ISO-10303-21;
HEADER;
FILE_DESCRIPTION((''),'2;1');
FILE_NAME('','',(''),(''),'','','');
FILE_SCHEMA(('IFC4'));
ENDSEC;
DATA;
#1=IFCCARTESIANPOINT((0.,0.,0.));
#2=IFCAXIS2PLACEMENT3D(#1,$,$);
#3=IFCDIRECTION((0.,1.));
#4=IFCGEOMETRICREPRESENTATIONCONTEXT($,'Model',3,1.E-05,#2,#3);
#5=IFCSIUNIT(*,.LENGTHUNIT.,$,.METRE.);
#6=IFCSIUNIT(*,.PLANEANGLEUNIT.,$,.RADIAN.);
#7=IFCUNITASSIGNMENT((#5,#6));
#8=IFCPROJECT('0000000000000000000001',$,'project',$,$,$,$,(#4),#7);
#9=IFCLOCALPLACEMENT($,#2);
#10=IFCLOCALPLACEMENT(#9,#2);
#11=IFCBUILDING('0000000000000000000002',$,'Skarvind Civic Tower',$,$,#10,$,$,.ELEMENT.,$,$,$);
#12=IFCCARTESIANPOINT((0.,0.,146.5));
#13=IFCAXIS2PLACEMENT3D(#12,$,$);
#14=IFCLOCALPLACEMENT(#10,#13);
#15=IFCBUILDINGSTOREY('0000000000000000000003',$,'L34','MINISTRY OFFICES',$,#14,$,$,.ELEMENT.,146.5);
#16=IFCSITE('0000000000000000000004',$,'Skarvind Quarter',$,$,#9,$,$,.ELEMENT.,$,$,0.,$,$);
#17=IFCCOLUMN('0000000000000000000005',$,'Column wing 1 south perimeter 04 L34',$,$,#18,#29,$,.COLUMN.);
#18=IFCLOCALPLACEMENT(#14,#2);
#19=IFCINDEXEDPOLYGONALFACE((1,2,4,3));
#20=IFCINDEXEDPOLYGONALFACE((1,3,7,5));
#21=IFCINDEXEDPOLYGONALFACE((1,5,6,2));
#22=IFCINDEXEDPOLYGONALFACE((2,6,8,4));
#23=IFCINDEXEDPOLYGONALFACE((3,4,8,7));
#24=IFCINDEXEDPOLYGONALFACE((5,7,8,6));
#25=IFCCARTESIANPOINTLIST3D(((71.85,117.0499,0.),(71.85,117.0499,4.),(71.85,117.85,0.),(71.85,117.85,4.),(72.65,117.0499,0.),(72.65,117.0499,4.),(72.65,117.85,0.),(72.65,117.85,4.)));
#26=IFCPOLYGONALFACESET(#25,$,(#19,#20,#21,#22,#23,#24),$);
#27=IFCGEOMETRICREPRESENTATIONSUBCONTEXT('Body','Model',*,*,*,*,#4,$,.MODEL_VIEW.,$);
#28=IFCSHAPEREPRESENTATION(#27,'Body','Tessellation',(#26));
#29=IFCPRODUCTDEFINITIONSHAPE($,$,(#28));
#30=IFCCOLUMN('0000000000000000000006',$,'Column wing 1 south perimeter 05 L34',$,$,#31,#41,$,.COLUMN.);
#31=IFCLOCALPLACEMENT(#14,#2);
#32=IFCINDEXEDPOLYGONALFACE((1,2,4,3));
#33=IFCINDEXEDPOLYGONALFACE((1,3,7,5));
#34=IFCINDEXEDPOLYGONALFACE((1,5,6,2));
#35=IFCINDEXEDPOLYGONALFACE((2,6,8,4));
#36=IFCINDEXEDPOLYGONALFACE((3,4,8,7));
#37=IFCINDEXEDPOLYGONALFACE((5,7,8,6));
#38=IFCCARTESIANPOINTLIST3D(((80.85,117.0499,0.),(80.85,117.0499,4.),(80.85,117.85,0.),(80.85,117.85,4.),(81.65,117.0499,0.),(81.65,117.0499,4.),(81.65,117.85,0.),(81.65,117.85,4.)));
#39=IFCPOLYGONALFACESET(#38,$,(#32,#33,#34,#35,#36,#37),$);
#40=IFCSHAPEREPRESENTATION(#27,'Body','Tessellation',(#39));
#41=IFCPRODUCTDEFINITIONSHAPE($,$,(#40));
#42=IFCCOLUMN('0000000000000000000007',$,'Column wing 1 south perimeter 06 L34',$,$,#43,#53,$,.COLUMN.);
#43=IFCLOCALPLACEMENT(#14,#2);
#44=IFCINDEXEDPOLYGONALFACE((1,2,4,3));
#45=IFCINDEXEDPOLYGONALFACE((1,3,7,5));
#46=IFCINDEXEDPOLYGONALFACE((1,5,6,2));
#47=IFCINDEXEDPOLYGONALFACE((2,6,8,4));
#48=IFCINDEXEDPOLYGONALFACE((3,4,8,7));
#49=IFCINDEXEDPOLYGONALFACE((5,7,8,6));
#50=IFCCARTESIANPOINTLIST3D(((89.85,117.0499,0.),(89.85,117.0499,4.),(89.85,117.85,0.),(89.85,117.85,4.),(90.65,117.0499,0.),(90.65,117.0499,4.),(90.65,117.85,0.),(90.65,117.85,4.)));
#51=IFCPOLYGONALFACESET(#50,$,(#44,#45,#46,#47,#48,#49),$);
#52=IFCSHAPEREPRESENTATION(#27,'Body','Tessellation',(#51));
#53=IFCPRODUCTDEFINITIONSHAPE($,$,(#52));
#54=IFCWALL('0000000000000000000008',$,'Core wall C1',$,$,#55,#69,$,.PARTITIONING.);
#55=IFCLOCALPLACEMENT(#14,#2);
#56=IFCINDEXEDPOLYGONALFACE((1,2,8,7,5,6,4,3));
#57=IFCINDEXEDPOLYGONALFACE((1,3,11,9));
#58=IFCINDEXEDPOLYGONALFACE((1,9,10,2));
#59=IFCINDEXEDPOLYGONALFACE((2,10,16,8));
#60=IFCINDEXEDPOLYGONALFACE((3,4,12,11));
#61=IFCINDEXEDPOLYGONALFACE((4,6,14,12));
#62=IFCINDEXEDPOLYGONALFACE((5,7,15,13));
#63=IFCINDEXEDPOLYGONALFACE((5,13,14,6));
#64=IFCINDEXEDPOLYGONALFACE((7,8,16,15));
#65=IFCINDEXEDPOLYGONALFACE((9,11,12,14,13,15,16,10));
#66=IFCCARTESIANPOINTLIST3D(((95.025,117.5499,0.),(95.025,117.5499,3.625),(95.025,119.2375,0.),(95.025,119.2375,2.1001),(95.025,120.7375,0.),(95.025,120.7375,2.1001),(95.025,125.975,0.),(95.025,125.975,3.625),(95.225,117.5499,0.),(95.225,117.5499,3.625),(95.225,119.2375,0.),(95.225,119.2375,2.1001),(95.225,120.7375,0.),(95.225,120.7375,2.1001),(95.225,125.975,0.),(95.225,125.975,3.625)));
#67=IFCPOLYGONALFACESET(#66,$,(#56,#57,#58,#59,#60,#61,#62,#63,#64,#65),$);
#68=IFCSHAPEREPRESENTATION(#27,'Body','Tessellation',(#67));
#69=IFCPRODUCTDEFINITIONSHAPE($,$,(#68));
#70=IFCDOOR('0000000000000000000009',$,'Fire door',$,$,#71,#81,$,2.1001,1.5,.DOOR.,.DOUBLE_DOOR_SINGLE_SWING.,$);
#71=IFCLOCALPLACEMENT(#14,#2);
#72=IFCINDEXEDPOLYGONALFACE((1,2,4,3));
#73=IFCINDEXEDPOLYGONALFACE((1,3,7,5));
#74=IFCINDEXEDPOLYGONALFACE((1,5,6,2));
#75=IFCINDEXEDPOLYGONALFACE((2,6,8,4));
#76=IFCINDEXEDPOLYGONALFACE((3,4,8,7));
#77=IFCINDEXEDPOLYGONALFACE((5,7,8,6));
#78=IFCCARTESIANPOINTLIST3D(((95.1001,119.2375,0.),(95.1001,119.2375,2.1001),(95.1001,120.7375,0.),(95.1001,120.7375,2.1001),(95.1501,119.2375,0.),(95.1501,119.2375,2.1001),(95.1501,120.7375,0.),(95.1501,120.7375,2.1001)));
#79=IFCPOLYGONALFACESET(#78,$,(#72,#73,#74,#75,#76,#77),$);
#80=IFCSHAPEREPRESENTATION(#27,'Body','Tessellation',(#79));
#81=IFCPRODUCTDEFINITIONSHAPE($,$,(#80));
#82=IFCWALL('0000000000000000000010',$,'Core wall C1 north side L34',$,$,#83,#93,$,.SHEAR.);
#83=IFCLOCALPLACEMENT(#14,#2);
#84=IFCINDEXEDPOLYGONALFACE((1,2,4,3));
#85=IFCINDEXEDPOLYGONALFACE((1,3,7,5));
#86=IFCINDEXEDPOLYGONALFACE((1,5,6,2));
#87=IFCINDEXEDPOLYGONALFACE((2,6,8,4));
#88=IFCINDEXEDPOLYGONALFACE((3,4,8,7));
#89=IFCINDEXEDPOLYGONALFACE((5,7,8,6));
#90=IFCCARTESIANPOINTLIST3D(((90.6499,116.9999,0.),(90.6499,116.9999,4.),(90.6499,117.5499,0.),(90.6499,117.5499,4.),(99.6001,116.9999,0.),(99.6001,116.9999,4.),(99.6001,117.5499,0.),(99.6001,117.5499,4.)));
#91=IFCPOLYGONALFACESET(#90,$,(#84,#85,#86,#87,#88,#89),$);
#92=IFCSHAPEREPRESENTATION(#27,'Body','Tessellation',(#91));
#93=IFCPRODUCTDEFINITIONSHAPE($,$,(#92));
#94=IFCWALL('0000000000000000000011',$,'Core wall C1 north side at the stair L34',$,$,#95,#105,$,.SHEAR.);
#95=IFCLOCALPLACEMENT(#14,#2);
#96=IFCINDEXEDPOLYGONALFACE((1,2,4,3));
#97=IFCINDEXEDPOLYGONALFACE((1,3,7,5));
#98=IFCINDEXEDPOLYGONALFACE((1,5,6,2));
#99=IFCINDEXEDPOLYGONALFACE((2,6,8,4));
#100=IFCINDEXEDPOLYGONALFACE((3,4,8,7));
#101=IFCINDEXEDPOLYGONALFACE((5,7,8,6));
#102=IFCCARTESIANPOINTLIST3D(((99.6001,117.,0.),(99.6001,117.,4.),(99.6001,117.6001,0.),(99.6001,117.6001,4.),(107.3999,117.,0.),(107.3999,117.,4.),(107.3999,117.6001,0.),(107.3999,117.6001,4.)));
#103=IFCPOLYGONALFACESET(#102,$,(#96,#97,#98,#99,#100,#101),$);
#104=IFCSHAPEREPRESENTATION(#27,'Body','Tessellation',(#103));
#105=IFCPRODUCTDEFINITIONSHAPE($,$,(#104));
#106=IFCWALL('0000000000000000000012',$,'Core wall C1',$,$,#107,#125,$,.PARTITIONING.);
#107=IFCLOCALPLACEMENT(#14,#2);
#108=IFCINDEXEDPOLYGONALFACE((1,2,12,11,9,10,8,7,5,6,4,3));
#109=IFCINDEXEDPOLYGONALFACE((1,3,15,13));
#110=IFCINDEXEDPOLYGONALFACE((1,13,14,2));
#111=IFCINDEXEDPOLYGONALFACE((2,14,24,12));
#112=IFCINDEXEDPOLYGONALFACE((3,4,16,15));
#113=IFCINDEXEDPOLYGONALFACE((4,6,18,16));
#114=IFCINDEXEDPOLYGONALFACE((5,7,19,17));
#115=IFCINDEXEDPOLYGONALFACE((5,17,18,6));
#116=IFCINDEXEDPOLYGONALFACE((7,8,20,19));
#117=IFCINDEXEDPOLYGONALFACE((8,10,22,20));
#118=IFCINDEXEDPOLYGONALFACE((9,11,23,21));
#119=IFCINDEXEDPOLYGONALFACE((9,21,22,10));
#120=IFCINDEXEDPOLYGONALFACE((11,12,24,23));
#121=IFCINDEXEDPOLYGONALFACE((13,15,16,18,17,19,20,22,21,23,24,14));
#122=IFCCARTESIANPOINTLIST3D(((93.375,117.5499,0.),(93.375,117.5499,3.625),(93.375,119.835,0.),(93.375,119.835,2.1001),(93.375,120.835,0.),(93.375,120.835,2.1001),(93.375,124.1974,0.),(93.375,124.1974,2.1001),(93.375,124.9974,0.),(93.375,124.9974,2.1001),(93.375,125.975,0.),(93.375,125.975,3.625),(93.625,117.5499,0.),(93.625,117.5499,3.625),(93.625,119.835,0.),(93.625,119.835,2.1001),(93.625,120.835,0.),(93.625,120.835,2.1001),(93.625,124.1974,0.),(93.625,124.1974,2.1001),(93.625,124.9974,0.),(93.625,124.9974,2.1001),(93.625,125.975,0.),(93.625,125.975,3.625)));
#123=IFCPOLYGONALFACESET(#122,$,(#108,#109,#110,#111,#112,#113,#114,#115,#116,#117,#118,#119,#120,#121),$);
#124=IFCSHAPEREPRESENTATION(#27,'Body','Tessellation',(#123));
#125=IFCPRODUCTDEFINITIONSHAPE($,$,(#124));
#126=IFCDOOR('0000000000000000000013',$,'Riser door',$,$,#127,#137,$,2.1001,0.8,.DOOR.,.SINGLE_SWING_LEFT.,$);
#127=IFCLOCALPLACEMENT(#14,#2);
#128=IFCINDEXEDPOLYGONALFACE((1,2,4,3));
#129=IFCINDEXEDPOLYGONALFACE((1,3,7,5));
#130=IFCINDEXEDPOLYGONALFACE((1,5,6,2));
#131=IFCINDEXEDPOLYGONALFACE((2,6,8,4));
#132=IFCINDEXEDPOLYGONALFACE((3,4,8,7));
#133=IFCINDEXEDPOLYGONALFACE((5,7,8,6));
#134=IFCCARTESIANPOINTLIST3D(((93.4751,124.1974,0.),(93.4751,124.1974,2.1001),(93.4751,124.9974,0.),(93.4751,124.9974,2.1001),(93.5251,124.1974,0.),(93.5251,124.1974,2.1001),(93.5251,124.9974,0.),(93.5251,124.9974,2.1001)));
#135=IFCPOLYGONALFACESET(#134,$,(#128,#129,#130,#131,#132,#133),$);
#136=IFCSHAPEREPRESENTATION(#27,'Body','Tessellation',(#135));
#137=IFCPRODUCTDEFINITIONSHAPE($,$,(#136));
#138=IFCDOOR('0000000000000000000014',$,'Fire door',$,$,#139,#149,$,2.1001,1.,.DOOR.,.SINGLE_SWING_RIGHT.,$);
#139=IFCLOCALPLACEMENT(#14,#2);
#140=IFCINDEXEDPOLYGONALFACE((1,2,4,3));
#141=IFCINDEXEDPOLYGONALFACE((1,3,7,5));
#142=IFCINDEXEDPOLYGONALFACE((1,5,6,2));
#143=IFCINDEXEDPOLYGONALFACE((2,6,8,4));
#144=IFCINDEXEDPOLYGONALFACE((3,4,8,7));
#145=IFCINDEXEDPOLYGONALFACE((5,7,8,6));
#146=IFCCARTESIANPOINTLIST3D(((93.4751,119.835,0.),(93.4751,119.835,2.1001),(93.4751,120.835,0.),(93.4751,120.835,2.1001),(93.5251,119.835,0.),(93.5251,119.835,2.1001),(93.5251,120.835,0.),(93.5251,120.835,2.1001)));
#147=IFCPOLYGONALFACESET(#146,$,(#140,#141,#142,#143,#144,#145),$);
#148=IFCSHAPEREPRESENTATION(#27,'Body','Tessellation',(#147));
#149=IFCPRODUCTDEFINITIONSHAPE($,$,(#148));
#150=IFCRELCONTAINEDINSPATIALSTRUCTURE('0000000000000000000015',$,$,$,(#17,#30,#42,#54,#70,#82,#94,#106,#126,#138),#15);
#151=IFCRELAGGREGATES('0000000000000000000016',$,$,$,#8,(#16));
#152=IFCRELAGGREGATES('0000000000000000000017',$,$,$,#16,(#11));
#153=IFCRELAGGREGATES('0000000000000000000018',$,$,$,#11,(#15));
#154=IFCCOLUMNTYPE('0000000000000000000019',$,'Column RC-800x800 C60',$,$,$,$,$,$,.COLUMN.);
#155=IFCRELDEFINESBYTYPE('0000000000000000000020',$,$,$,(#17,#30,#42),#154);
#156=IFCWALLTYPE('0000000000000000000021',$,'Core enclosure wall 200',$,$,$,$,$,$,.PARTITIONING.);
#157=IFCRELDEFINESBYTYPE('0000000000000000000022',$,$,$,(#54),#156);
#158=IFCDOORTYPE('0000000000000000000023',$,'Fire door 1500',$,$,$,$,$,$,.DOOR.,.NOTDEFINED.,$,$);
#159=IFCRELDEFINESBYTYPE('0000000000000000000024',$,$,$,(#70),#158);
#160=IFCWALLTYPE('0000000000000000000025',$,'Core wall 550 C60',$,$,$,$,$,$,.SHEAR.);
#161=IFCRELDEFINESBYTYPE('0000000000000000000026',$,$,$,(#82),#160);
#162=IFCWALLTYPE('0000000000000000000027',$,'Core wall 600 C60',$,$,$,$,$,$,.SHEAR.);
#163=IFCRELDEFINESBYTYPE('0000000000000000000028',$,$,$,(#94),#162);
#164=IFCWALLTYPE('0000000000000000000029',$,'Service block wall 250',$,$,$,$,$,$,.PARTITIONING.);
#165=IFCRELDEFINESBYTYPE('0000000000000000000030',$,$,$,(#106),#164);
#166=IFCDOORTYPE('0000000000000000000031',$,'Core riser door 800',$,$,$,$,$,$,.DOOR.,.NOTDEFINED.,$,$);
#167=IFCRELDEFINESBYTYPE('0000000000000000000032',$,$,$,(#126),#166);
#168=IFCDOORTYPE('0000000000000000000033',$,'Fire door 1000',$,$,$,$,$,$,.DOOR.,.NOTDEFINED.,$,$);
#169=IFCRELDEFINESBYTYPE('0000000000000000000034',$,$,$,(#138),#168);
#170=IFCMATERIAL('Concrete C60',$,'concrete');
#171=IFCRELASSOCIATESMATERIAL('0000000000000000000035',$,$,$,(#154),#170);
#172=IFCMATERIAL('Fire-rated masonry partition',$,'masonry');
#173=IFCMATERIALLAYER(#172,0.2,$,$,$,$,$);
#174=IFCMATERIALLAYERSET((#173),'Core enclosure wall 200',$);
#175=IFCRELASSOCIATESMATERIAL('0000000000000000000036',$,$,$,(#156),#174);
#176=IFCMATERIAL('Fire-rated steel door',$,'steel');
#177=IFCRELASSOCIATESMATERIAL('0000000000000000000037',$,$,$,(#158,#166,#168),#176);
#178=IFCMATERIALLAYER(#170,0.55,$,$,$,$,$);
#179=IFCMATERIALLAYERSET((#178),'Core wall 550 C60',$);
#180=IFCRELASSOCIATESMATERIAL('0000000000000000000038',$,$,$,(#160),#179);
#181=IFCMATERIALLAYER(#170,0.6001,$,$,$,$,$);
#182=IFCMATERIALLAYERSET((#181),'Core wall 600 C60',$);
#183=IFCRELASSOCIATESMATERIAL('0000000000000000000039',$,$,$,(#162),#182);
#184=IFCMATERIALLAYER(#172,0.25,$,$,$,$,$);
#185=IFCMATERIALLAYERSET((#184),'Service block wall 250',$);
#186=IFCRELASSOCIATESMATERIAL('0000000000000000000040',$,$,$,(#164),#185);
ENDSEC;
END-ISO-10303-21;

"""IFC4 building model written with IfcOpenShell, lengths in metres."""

from ifc_helpers import new_model, si_unit, direction, frame, frame_2d, origin, origin_2d, place, context, subcontext, project, spatial, rectangle, extrude, material, layer, layer_set, material_profile, profile_set, type_object, element, fill, save


model = new_model("IFC4")

# Units and contexts
model_context = context("Model", 3, precision=1e-05, world=origin(), true_north=direction((0.0, 1.0)))
body_context = subcontext(model_context, "Body", "Model", "MODEL_VIEW")
ifc_project = project(units=[si_unit("LENGTHUNIT", "METRE"), si_unit("PLANEANGLEUNIT", "RADIAN")], contexts=[model_context])

# Site, building, storey
site_placement = place(None, origin())
site = spatial("IfcSite", under=ifc_project, at=site_placement, Name="Skarvind Quarter", CompositionType="ELEMENT", RefElevation=0.0)
building_placement = place(site_placement, origin())
building = spatial("IfcBuilding", under=site, at=building_placement, Name="Skarvind Civic Tower", CompositionType="ELEMENT")
storey_placement = place(building_placement, frame((0.0, 0.0, 146.5)))
storey = spatial("IfcBuildingStorey", under=building, at=storey_placement, Name="L34", Description="MINISTRY OFFICES", CompositionType="ELEMENT", Elevation=146.5)

# Columns
ifc_material_1 = material(Name="Concrete C60", Category="concrete")
ifc_material_profile_1 = material_profile(ifc_material_1, rectangle(XDim=0.8, YDim=0.8, at=origin_2d()), Name="RC-800x800")
ifc_profile_set_1 = profile_set([ifc_material_profile_1], Name="Concrete C60")
column_type = type_object("IfcColumnType", Name="Column RC-800x800 C60", PredefinedType="COLUMN", material=ifc_profile_set_1)
for number, where, z_axis, x_axis, name in (
    (1, (72.25, 117.45, 0.0), (0.0, 0.0, 1.0), (1.0, 0.0, 0.0), "Column wing 1 south perimeter 04 L34"),
    (2, (81.25, 117.45, 0.0), (0.0, 0.0, 1.0), (1.0, 0.0, 0.0), "Column wing 1 south perimeter 05 L34"),
    (3, (90.25, 117.45, 0.0), (0.0, 0.0, 1.0), (1.0, 0.0, 0.0), "Column wing 1 south perimeter 06 L34"),
):
    element("IfcColumn", number, at=place(storey_placement, frame(where, z_axis=z_axis, x_axis=x_axis)), inside=storey, type_object=column_type, Name=name, PredefinedType="COLUMN", context=body_context, shape_type="SweptSolid", body=[
        extrude(rectangle(XDim=0.8, YDim=0.8, at=origin_2d()), origin(), (0.0, 0.0, 1.0), 4.0),
    ])

# Wall, opening, door
ifc_material_2 = material(Name="Fire-rated masonry partition", Category="masonry")
ifc_layer_1 = layer(ifc_material_2, 0.2)
ifc_layer_set_1 = layer_set([ifc_layer_1], Name="Core enclosure wall 200")
wall_type_1 = type_object("IfcWallType", Name="Core enclosure wall 200", PredefinedType="PARTITIONING", material=ifc_layer_set_1)
wall_1_placement = place(storey_placement, frame((95.125, 117.55, 0.0), z_axis=(0.0, 0.0, 1.0), x_axis=(0.0, 1.0, 0.0)))
wall_1 = element("IfcWall", 4, at=wall_1_placement, inside=storey, type_object=wall_type_1, Name="Core wall C1", PredefinedType="PARTITIONING", context=body_context, shape_type="SweptSolid", body=[
    extrude(rectangle(XDim=8.425, YDim=0.2, at=frame_2d((4.2124, 0.0))), origin(), (0.0, 0.0, 1.0), 3.625),
])
opening_1_placement = place(wall_1_placement, frame((1.6875, 0.0, 0.0)))
opening_1 = element("IfcOpeningElement", 5, at=opening_1_placement, cuts=wall_1, PredefinedType="OPENING", context=body_context, shape_type="SweptSolid", body=[
    extrude(rectangle(XDim=1.5, YDim=2.1001, at=frame_2d((0.75, 1.05))), frame((0.0, 0.1099, 0.0), z_axis=(0.0, -1.0, 0.0), x_axis=(1.0, 0.0, 0.0)), (0.0, 0.0, 1.0), 0.22),
])
ifc_material_3 = material(Name="Fire-rated steel door", Category="steel")
door_type_1 = type_object("IfcDoorType", Name="Fire door 1500", OperationType="NOTDEFINED", PredefinedType="DOOR", material=ifc_material_3)
door_1_placement = place(opening_1_placement, origin())
door_1 = element("IfcDoor", 6, at=door_1_placement, inside=storey, type_object=door_type_1, Name="Fire door", OperationType="DOUBLE_DOOR_SINGLE_SWING", OverallHeight=2.1001, OverallWidth=1.5, PredefinedType="DOOR", context=body_context, shape_type="SweptSolid", body=[
    extrude(rectangle(XDim=1.5, YDim=2.1001, at=frame_2d((0.75, 1.05))), frame((0.0, 0.0249, 0.0), z_axis=(0.0, -1.0, 0.0), x_axis=(1.0, 0.0, 0.0)), (0.0, 0.0, 1.0), 0.05),
])
fill(opening_1, door_1)

# Walls
ifc_layer_2 = layer(ifc_material_1, 0.55)
ifc_layer_set_2 = layer_set([ifc_layer_2], Name="Core wall 550 C60")
wall_type_2 = type_object("IfcWallType", Name="Core wall 550 C60", PredefinedType="SHEAR", material=ifc_layer_set_2)
wall_2_placement = place(storey_placement, frame((99.6001, 117.2749, 0.0), z_axis=(0.0, 0.0, 1.0), x_axis=(-1.0, 0.0, 0.0)))
element("IfcWall", 7, at=wall_2_placement, inside=storey, type_object=wall_type_2, Name="Core wall C1 north side L34", PredefinedType="SHEAR", context=body_context, shape_type="SweptSolid", body=[
    extrude(rectangle(XDim=8.9502, YDim=0.55, at=frame_2d((4.4751, 0.0))), origin(), (0.0, 0.0, 1.0), 4.0),
])
ifc_layer_3 = layer(ifc_material_1, 0.6001)
ifc_layer_set_3 = layer_set([ifc_layer_3], Name="Core wall 600 C60")
wall_type_3 = type_object("IfcWallType", Name="Core wall 600 C60", PredefinedType="SHEAR", material=ifc_layer_set_3)
wall_3_placement = place(storey_placement, frame((107.3999, 117.3, 0.0), z_axis=(0.0, 0.0, 1.0), x_axis=(-1.0, 0.0, 0.0)))
element("IfcWall", 8, at=wall_3_placement, inside=storey, type_object=wall_type_3, Name="Core wall C1 north side at the stair L34", PredefinedType="SHEAR", context=body_context, shape_type="SweptSolid", body=[
    extrude(rectangle(XDim=7.7998, YDim=0.6001, at=frame_2d((3.8999, 0.0))), origin(), (0.0, 0.0, 1.0), 4.0),
])

# Wall, openings, doors
ifc_layer_4 = layer(ifc_material_2, 0.25)
ifc_layer_set_4 = layer_set([ifc_layer_4], Name="Service block wall 250")
wall_type_4 = type_object("IfcWallType", Name="Service block wall 250", PredefinedType="PARTITIONING", material=ifc_layer_set_4)
wall_4_placement = place(storey_placement, frame((93.5, 117.55, 0.0), z_axis=(0.0, 0.0, 1.0), x_axis=(0.0, 1.0, 0.0)))
wall_4 = element("IfcWall", 9, at=wall_4_placement, inside=storey, type_object=wall_type_4, Name="Core wall C1", PredefinedType="PARTITIONING", context=body_context, shape_type="SweptSolid", body=[
    extrude(rectangle(XDim=8.425, YDim=0.25, at=frame_2d((4.2124, 0.0))), origin(), (0.0, 0.0, 1.0), 3.625),
])
opening_2_placement = place(wall_4_placement, frame((6.6475, 0.0, 0.0)))
opening_2 = element("IfcOpeningElement", 10, at=opening_2_placement, cuts=wall_4, PredefinedType="OPENING", context=body_context, shape_type="SweptSolid", body=[
    extrude(rectangle(XDim=0.8, YDim=2.1001, at=frame_2d((0.3999, 1.05))), frame((0.0, 0.135, 0.0), z_axis=(0.0, -1.0, 0.0), x_axis=(1.0, 0.0, 0.0)), (0.0, 0.0, 1.0), 0.27),
])
opening_3_placement = place(wall_4_placement, frame((2.2849, 0.0, 0.0)))
opening_3 = element("IfcOpeningElement", 11, at=opening_3_placement, cuts=wall_4, PredefinedType="OPENING", context=body_context, shape_type="SweptSolid", body=[
    extrude(rectangle(XDim=1.0, YDim=2.1001, at=frame_2d((0.5, 1.05))), frame((0.0, 0.135, 0.0), z_axis=(0.0, -1.0, 0.0), x_axis=(1.0, 0.0, 0.0)), (0.0, 0.0, 1.0), 0.27),
])
door_type_2 = type_object("IfcDoorType", Name="Core riser door 800", OperationType="NOTDEFINED", PredefinedType="DOOR", material=ifc_material_3)
door_2_placement = place(opening_2_placement, origin())
door_2 = element("IfcDoor", 12, at=door_2_placement, inside=storey, type_object=door_type_2, Name="Riser door", OperationType="SINGLE_SWING_LEFT", OverallHeight=2.1001, OverallWidth=0.8, PredefinedType="DOOR", context=body_context, shape_type="SweptSolid", body=[
    extrude(rectangle(XDim=0.8, YDim=2.1001, at=frame_2d((0.3999, 1.05))), frame((0.0, 0.0249, 0.0), z_axis=(0.0, -1.0, 0.0), x_axis=(1.0, 0.0, 0.0)), (0.0, 0.0, 1.0), 0.05),
])
fill(opening_2, door_2)
door_type_3 = type_object("IfcDoorType", Name="Fire door 1000", OperationType="NOTDEFINED", PredefinedType="DOOR", material=ifc_material_3)
door_3_placement = place(opening_3_placement, origin())
door_3 = element("IfcDoor", 13, at=door_3_placement, inside=storey, type_object=door_type_3, Name="Fire door", OperationType="SINGLE_SWING_RIGHT", OverallHeight=2.1001, OverallWidth=1.0, PredefinedType="DOOR", context=body_context, shape_type="SweptSolid", body=[
    extrude(rectangle(XDim=1.0, YDim=2.1001, at=frame_2d((0.5, 1.05))), frame((0.0, 0.0249, 0.0), z_axis=(0.0, -1.0, 0.0), x_axis=(1.0, 0.0, 0.0)), (0.0, 0.0, 1.0), 0.05),
])
fill(opening_3, door_3)

save(model, "model.ifc")
